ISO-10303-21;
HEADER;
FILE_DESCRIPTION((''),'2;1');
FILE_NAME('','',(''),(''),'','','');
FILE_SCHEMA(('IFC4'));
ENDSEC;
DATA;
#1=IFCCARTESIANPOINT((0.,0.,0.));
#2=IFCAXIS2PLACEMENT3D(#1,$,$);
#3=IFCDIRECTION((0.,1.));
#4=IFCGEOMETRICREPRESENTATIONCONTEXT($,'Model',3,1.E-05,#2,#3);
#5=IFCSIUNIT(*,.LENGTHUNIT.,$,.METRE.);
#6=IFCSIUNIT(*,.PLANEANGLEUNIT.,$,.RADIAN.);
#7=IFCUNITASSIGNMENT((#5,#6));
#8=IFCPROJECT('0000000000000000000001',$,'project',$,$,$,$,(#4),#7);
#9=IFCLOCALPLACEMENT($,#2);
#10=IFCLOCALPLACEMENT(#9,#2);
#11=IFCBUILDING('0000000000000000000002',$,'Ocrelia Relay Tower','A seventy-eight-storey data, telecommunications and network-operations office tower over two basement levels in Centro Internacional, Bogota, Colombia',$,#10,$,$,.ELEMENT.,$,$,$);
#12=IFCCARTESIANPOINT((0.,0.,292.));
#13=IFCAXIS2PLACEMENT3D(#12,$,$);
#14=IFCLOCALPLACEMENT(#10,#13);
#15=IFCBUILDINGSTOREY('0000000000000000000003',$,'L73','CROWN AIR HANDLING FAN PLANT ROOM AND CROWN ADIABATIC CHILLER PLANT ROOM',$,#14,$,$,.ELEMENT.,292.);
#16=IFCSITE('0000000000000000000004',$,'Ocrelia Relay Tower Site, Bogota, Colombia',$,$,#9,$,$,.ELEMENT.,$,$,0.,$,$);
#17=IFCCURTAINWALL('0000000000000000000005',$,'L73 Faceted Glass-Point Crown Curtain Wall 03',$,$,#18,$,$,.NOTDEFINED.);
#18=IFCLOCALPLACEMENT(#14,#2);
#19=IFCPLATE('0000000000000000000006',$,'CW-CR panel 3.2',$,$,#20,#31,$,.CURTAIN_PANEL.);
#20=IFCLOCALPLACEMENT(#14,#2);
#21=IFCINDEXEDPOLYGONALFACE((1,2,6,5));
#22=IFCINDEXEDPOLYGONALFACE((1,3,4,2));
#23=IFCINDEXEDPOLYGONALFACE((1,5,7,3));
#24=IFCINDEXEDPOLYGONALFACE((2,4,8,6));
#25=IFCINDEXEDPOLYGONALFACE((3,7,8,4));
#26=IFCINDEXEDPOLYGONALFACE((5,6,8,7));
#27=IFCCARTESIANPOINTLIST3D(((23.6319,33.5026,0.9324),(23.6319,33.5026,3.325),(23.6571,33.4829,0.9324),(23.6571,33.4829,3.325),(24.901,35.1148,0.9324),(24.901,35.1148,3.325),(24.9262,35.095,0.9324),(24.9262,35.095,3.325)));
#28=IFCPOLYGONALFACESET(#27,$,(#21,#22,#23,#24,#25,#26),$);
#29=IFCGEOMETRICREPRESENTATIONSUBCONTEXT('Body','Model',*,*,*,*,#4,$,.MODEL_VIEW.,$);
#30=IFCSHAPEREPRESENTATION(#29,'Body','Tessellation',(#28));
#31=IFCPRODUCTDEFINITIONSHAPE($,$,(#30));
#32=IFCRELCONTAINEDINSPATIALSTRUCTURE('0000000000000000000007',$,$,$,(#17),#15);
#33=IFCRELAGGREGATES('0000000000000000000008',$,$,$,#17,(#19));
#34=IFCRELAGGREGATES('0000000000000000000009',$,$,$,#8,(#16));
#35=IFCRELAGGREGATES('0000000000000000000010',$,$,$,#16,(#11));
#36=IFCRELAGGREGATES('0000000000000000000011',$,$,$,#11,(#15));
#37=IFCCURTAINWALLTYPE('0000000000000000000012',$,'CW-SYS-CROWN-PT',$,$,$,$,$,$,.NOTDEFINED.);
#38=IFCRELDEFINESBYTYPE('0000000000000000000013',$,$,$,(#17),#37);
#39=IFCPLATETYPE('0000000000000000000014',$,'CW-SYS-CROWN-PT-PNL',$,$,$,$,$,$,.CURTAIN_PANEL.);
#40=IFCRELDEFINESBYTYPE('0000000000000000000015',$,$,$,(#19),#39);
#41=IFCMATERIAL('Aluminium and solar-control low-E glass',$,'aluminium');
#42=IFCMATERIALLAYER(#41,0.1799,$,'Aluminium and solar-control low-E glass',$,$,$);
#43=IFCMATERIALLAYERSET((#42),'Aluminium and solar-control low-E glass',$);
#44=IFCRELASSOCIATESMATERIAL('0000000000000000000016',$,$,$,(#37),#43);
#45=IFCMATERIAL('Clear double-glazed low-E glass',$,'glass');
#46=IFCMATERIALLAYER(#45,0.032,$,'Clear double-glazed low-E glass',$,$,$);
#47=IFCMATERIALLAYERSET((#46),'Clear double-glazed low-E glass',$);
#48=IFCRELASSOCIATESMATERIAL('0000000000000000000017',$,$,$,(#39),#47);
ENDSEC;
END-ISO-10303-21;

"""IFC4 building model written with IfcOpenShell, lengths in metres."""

from ifc_helpers import new_model, si_unit, direction, frame, origin, origin_2d, place, context, subcontext, project, spatial, rectangle, extrude, material, layer, layer_set, type_object, element, aggregate, save


model = new_model("IFC4")

# Units and contexts
model_context = context("Model", 3, precision=1e-05, world=origin(), true_north=direction((0.0, 1.0)))
body_context = subcontext(model_context, "Body", "Model", "MODEL_VIEW")
ifc_project = project(units=[si_unit("LENGTHUNIT", "METRE"), si_unit("PLANEANGLEUNIT", "RADIAN")], contexts=[model_context])

# Site, building, storey
site_placement = place(None, origin())
site = spatial("IfcSite", under=ifc_project, at=site_placement, Name="Ocrelia Relay Tower Site, Bogota, Colombia", CompositionType="ELEMENT", RefElevation=0.0)
building_placement = place(site_placement, origin())
building = spatial("IfcBuilding", under=site, at=building_placement, Name="Ocrelia Relay Tower", Description="A seventy-eight-storey data, telecommunications and network-operations office tower over two basement levels in Centro Internacional, Bogota, Colombia", CompositionType="ELEMENT")
storey_placement = place(building_placement, frame((0.0, 0.0, 292.0)))
storey = spatial("IfcBuildingStorey", under=building, at=storey_placement, Name="L73", Description="CROWN AIR HANDLING FAN PLANT ROOM AND CROWN ADIABATIC CHILLER PLANT ROOM", CompositionType="ELEMENT", Elevation=292.0)

# Curtain wall
ifc_material_1 = material(Name="Aluminium and solar-control low-E glass", Category="aluminium")
ifc_layer_1 = layer(ifc_material_1, 0.1799, Name="Aluminium and solar-control low-E glass")
ifc_layer_set_1 = layer_set([ifc_layer_1], Name="Aluminium and solar-control low-E glass")
curtain_wall_type = type_object("IfcCurtainWallType", Name="CW-SYS-CROWN-PT", PredefinedType="NOTDEFINED", material=ifc_layer_set_1)
curtain_wall_1_placement = place(storey_placement, origin())
curtain_wall_1 = element("IfcCurtainWall", 1, at=curtain_wall_1_placement, inside=storey, type_object=curtain_wall_type, Name="L73 Faceted Glass-Point Crown Curtain Wall 03", PredefinedType="NOTDEFINED")

# Plate
ifc_material_2 = material(Name="Clear double-glazed low-E glass", Category="glass")
ifc_layer_2 = layer(ifc_material_2, 0.032, Name="Clear double-glazed low-E glass")
ifc_layer_set_2 = layer_set([ifc_layer_2], Name="Clear double-glazed low-E glass")
plate_type = type_object("IfcPlateType", Name="CW-SYS-CROWN-PT-PNL", PredefinedType="CURTAIN_PANEL", material=ifc_layer_set_2)
plate_1_placement = place(storey_placement, frame((24.2791, 34.2988, 0.9324), z_axis=(0.0, 0.0, 1.0), x_axis=(-0.618554, -0.785742, 0.0)))
plate_1 = element("IfcPlate", 2, at=plate_1_placement, type_object=plate_type, Name="CW-CR panel 3.2", PredefinedType="CURTAIN_PANEL", context=body_context, shape_type="SweptSolid", body=[
    extrude(rectangle(XDim=2.0518, YDim=0.032, at=origin_2d()), origin(), (0.0, 0.0, 1.0), 2.3926),
])
aggregate(curtain_wall_1, [plate_1])

save(model, "model.ifc")
